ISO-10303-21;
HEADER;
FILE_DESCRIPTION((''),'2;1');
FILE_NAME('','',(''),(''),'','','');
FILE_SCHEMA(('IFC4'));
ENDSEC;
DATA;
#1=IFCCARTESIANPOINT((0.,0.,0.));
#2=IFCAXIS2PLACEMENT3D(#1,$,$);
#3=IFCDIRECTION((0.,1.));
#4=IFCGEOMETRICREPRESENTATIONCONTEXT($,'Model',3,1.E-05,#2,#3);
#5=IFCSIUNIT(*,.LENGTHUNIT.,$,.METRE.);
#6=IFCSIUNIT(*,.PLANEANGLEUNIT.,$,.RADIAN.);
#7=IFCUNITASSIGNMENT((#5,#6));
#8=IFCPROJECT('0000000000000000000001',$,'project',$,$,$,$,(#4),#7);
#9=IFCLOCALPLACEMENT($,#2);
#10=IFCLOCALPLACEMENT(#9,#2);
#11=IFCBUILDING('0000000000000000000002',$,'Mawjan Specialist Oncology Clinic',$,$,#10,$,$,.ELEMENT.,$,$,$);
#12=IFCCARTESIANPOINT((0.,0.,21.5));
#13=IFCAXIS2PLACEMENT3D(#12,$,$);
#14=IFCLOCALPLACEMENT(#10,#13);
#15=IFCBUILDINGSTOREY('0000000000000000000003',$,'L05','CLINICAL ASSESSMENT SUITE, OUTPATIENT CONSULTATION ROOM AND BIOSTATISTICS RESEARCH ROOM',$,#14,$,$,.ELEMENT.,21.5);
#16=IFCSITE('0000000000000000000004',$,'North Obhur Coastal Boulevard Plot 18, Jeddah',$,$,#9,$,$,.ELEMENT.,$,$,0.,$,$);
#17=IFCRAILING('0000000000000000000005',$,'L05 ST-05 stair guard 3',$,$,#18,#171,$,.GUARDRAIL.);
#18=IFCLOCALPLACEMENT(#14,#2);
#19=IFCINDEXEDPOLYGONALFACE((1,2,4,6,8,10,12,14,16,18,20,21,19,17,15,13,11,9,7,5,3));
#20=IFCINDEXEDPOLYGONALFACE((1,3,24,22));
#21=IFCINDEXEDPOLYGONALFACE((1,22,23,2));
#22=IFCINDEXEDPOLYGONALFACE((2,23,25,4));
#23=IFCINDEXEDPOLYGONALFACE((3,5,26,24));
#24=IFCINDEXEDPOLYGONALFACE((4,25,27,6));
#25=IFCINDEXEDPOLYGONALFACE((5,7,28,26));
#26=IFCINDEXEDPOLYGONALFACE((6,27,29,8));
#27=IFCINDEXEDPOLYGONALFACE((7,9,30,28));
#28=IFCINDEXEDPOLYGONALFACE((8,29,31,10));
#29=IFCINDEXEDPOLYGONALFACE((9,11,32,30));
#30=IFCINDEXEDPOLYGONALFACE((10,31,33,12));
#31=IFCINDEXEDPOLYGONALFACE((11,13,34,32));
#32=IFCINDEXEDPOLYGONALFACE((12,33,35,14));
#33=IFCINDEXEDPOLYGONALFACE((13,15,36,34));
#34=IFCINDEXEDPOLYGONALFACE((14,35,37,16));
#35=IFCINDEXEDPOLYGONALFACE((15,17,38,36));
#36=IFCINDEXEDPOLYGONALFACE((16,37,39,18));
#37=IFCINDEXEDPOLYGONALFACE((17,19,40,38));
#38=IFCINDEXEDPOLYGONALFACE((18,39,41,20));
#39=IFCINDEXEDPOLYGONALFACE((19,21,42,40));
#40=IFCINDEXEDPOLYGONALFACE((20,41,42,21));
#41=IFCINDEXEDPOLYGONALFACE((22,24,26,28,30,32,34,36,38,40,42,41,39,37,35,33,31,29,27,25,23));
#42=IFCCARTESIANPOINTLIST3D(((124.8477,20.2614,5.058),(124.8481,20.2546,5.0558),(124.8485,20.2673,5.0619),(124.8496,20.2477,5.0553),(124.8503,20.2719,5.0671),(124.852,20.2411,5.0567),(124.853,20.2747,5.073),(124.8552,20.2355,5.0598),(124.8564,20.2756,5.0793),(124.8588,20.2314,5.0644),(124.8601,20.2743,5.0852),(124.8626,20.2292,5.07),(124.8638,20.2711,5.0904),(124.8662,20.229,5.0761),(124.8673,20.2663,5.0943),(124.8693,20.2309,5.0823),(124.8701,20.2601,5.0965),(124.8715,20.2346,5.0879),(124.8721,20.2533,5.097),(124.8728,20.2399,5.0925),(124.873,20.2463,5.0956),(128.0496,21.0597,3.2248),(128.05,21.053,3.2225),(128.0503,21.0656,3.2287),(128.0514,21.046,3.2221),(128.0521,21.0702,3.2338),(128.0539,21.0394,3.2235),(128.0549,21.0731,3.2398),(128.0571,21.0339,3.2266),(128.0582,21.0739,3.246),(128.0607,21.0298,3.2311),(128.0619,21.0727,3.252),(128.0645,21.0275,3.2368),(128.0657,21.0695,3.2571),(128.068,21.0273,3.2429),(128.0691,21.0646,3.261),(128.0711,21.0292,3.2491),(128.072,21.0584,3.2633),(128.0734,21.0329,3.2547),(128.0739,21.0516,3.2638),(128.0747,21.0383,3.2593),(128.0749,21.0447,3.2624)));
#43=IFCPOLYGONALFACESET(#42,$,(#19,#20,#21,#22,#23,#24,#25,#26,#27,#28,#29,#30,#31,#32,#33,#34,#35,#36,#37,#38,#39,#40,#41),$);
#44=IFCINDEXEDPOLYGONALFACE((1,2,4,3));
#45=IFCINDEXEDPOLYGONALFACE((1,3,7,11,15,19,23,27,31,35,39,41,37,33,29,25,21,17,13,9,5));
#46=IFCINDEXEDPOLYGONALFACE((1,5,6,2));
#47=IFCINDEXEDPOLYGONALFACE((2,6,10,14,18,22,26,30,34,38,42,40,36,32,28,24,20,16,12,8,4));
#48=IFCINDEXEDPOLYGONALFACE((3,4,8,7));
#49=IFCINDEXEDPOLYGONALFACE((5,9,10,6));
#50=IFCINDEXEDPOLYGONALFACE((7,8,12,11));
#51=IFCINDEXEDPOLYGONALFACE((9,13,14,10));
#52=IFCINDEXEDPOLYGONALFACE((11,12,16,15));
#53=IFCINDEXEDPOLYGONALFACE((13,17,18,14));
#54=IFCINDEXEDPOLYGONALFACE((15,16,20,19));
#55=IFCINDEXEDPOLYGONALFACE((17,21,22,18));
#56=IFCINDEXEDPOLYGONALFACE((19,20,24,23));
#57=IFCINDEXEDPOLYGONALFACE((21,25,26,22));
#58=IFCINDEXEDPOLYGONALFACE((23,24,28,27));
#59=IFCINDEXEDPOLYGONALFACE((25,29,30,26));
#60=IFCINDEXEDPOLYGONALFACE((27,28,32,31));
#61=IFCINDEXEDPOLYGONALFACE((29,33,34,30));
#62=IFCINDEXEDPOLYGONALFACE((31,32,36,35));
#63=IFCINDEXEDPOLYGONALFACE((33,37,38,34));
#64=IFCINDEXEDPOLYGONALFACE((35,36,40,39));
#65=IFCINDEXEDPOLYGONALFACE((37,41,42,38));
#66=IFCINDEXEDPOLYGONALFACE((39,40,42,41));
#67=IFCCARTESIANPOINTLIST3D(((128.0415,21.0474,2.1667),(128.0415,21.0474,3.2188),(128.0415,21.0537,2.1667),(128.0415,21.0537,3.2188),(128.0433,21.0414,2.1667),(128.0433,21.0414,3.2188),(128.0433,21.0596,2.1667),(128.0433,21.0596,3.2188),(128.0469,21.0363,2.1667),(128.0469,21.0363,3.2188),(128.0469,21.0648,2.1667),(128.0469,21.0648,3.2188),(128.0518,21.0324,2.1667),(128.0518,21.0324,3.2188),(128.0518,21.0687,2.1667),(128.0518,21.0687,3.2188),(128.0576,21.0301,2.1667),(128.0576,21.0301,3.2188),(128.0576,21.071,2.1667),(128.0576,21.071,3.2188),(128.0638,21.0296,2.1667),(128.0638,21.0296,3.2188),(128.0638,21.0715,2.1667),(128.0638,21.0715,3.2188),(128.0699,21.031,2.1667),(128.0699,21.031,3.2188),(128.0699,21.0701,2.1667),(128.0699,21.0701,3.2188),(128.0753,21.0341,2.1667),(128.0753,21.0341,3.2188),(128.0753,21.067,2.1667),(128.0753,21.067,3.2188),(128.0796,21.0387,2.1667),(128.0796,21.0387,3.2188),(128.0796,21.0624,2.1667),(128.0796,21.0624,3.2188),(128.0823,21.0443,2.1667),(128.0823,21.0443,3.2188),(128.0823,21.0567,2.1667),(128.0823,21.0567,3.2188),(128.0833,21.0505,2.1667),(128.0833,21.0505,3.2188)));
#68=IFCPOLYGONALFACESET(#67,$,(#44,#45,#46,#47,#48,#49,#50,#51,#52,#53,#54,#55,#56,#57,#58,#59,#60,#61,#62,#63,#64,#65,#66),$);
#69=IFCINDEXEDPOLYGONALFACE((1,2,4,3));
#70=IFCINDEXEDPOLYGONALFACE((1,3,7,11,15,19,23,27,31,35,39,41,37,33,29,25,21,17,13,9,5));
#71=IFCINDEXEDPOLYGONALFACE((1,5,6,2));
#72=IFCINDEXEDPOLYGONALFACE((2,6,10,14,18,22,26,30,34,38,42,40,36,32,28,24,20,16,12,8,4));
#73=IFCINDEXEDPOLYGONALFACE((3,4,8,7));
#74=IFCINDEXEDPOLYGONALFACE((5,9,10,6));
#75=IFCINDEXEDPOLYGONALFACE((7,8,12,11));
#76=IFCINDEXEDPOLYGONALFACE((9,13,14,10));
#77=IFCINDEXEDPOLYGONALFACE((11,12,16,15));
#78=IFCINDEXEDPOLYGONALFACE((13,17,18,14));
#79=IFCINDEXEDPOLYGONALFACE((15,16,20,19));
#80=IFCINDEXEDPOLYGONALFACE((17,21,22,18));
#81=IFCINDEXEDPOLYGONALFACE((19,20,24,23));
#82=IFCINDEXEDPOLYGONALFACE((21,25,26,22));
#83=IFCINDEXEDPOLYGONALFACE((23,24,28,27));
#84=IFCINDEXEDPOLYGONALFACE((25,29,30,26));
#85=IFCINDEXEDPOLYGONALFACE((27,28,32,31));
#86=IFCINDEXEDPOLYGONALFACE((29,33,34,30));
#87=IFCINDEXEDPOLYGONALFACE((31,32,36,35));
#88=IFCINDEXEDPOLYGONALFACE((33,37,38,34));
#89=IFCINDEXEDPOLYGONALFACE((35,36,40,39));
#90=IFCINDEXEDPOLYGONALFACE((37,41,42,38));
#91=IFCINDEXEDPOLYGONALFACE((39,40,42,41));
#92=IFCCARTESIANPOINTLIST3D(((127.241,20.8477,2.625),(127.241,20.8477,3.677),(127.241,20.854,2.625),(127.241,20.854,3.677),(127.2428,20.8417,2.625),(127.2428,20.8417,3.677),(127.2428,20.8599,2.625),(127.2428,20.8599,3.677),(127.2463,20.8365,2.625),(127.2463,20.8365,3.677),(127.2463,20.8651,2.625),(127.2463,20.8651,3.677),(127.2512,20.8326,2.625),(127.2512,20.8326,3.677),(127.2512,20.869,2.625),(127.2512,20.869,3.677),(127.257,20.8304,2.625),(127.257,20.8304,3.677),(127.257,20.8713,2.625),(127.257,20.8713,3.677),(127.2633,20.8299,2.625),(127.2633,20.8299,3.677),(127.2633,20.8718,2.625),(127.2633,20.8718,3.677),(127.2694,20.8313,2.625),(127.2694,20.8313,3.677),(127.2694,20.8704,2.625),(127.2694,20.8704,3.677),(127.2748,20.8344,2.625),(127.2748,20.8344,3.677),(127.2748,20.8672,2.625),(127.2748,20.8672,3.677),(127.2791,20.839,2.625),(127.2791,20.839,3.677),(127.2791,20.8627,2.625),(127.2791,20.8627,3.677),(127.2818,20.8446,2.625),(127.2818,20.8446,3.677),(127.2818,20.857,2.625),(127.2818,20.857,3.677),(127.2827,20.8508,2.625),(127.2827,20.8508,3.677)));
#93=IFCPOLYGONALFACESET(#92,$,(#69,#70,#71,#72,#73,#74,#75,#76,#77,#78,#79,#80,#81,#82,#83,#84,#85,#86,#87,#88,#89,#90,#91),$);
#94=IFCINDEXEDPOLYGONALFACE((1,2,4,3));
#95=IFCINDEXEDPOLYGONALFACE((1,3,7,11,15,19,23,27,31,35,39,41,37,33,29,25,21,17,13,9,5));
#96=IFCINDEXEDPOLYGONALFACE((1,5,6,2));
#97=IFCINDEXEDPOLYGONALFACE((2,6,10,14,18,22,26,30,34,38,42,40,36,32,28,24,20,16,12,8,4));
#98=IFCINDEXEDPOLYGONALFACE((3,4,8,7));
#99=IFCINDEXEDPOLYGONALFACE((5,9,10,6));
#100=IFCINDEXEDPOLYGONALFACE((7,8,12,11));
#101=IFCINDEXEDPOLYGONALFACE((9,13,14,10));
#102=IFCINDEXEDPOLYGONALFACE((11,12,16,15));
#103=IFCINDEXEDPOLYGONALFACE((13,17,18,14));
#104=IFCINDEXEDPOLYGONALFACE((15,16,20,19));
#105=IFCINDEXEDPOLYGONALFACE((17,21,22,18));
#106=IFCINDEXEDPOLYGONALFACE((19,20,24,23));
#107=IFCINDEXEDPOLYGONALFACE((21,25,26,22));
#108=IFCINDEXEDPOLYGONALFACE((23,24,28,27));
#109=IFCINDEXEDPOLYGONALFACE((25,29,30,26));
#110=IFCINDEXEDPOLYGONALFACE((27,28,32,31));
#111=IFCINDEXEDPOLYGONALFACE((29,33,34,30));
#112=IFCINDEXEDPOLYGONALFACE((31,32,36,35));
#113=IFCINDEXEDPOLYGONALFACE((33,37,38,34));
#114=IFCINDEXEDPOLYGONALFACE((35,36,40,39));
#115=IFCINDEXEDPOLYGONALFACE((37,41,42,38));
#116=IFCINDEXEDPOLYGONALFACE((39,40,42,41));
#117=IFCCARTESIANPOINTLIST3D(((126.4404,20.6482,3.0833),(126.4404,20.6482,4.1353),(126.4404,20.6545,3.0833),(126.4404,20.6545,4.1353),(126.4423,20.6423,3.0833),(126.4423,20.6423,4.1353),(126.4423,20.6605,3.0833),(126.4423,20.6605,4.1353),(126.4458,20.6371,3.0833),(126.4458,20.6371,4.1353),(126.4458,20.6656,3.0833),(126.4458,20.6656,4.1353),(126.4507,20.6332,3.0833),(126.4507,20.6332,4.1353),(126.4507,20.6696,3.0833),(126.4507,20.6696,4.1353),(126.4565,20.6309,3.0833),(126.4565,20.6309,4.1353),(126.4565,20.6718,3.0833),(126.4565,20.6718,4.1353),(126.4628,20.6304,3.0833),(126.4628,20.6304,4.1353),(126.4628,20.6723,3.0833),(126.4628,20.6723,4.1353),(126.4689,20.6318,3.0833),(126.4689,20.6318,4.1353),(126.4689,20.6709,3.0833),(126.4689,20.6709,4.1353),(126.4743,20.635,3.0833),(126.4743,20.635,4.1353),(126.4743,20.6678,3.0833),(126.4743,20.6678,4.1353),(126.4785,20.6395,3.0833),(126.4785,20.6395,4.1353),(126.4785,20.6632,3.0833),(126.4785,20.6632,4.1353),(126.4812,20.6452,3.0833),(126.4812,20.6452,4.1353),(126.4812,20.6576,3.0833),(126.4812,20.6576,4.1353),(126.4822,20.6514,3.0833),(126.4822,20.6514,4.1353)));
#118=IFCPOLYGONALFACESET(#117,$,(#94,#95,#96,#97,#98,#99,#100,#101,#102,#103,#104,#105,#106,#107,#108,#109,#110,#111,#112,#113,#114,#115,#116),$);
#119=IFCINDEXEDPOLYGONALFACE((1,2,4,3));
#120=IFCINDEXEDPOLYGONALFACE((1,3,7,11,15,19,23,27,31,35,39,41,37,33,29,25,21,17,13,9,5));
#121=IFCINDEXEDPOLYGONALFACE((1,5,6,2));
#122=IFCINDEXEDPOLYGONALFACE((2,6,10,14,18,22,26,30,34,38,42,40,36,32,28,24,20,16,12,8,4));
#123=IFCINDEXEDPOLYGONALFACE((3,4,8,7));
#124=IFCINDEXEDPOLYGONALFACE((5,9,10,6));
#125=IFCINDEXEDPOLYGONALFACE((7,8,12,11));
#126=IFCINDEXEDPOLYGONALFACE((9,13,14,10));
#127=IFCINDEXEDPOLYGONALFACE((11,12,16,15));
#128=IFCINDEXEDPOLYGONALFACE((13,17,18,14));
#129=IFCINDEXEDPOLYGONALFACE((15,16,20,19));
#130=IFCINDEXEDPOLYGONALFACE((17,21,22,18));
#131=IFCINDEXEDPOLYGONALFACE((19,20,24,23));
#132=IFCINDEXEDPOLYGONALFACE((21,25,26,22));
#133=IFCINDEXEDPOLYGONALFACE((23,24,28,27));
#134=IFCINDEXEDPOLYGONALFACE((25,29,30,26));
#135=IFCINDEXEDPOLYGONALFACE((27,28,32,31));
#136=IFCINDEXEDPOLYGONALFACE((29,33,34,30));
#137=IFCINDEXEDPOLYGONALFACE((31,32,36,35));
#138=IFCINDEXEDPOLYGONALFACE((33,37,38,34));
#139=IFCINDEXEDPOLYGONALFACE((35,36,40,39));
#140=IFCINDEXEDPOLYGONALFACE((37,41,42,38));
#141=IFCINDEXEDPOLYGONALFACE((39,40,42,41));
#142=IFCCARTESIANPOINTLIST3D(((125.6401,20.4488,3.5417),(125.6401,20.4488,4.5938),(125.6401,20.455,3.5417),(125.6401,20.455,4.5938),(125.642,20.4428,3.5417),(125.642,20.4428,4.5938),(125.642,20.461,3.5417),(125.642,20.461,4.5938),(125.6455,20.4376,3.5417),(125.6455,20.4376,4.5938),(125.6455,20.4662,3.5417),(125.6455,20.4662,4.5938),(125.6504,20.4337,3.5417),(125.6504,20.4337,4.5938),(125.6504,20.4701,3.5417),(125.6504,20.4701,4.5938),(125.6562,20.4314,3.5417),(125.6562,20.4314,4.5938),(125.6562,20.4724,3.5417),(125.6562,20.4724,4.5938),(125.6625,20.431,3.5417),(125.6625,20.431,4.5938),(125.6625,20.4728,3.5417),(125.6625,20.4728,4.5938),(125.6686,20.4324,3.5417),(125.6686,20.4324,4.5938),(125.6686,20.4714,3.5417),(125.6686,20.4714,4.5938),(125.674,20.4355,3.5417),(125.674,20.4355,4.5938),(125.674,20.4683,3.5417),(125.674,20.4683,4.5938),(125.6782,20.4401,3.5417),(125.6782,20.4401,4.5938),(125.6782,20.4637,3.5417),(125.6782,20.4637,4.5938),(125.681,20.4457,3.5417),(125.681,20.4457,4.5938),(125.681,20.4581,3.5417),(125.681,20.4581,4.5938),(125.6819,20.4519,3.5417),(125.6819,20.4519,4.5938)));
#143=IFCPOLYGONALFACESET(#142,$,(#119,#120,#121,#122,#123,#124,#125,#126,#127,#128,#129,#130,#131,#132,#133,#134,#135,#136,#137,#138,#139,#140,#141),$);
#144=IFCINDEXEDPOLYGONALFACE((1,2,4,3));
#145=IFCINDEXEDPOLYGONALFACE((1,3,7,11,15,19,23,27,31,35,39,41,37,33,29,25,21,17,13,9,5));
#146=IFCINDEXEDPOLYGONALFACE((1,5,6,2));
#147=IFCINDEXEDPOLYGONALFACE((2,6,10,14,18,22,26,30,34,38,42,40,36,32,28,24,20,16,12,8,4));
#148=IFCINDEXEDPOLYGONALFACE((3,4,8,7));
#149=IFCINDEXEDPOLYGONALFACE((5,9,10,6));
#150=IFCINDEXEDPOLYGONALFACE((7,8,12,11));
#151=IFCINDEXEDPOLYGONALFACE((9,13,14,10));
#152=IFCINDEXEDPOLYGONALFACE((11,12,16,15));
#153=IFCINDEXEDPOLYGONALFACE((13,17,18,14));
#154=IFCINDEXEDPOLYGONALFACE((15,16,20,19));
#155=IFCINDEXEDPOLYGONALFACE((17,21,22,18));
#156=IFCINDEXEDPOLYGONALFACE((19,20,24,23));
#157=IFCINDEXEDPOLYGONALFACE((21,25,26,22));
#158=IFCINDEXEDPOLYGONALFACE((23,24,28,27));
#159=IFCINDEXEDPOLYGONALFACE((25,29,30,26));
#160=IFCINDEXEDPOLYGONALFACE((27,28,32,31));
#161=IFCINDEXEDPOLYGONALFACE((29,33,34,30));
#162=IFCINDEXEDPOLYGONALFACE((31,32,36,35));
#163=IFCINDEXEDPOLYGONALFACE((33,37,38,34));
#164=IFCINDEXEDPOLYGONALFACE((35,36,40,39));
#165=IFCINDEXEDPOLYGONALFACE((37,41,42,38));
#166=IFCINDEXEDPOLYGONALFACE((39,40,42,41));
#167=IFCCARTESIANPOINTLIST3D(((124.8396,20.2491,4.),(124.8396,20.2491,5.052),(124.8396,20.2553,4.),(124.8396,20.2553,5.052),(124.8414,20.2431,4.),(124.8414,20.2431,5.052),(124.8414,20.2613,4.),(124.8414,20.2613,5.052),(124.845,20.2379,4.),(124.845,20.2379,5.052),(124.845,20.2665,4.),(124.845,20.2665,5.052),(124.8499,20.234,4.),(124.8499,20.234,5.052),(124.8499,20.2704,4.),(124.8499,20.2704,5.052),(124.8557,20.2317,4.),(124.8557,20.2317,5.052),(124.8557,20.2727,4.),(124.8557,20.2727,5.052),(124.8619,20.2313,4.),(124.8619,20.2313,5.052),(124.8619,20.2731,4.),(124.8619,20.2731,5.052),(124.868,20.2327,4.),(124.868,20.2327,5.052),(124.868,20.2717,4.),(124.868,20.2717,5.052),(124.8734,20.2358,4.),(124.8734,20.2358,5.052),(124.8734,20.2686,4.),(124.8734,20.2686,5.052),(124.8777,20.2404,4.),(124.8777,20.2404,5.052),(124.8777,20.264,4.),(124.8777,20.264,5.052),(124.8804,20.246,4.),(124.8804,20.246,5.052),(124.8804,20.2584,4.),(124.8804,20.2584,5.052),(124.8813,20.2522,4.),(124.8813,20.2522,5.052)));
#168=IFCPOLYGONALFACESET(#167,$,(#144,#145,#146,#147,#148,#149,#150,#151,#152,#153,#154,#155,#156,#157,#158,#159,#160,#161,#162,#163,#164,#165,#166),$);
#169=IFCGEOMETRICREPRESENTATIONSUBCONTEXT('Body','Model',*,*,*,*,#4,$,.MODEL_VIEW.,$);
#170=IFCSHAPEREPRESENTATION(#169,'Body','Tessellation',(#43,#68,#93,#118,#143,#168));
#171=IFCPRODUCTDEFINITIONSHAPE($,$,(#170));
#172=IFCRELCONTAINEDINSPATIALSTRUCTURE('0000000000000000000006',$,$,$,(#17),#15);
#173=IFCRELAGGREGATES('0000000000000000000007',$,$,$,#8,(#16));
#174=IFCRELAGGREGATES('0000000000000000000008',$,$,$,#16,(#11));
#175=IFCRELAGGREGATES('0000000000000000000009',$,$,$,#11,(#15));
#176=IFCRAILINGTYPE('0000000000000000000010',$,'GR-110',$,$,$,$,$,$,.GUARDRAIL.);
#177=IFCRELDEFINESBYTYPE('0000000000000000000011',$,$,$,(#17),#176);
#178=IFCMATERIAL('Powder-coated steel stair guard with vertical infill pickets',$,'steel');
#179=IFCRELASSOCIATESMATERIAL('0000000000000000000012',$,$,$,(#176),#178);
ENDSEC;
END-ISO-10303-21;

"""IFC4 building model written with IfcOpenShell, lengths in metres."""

from ifc_helpers import new_model, si_unit, direction, frame, origin, origin_2d, place, context, subcontext, project, spatial, circle, extrude, material, type_object, element, save


model = new_model("IFC4")

# Units and contexts
model_context = context("Model", 3, precision=1e-05, world=origin(), true_north=direction((0.0, 1.0)))
body_context = subcontext(model_context, "Body", "Model", "MODEL_VIEW")
ifc_project = project(units=[si_unit("LENGTHUNIT", "METRE"), si_unit("PLANEANGLEUNIT", "RADIAN")], contexts=[model_context])

# Site, building, storey
site_placement = place(None, origin())
site = spatial("IfcSite", under=ifc_project, at=site_placement, Name="North Obhur Coastal Boulevard Plot 18, Jeddah", CompositionType="ELEMENT", RefElevation=0.0)
building_placement = place(site_placement, origin())
building = spatial("IfcBuilding", under=site, at=building_placement, Name="Mawjan Specialist Oncology Clinic", CompositionType="ELEMENT")
storey_placement = place(building_placement, frame((0.0, 0.0, 21.5)))
storey = spatial("IfcBuildingStorey", under=building, at=storey_placement, Name="L05", Description="CLINICAL ASSESSMENT SUITE, OUTPATIENT CONSULTATION ROOM AND BIOSTATISTICS RESEARCH ROOM", CompositionType="ELEMENT", Elevation=21.5)

# Railing
ifc_material_1 = material(Name="Powder-coated steel stair guard with vertical infill pickets", Category="steel")
railing_type_1 = type_object("IfcRailingType", Name="GR-110", PredefinedType="GUARDRAIL", material=ifc_material_1)
railing_1_placement = place(storey_placement, frame((128.0623, 21.0505, 2.1667)))
element("IfcRailing", 1, at=railing_1_placement, inside=storey, type_object=railing_type_1, Name="L05 ST-05 stair guard 3", PredefinedType="GUARDRAIL", context=body_context, shape_type="SweptSolid", body=[
    extrude(circle(Radius=0.0239, at=origin_2d()), frame((0.0, 0.0, 1.0762), z_axis=(-0.848195, -0.211483, 0.485634), x_axis=(0.241926, -0.970295, 0.0)), (0.0, 0.0, 1.0), 3.7749),
    extrude(circle(Radius=0.021, at=origin_2d()), origin(), (0.0, 0.0, 1.0), 1.052),
    extrude(circle(Radius=0.021, at=origin_2d()), frame((-0.8005, -0.1997, 0.4583)), (0.0, 0.0, 1.0), 1.052),
    extrude(circle(Radius=0.021, at=origin_2d()), frame((-1.6011, -0.3992, 0.9165)), (0.0, 0.0, 1.0), 1.052),
    extrude(circle(Radius=0.021, at=origin_2d()), frame((-2.4014, -0.5986, 1.375)), (0.0, 0.0, 1.0), 1.052),
    extrude(circle(Radius=0.021, at=origin_2d()), frame((-3.2019, -0.7983, 1.8333)), (0.0, 0.0, 1.0), 1.052),
])

save(model, "model.ifc")
